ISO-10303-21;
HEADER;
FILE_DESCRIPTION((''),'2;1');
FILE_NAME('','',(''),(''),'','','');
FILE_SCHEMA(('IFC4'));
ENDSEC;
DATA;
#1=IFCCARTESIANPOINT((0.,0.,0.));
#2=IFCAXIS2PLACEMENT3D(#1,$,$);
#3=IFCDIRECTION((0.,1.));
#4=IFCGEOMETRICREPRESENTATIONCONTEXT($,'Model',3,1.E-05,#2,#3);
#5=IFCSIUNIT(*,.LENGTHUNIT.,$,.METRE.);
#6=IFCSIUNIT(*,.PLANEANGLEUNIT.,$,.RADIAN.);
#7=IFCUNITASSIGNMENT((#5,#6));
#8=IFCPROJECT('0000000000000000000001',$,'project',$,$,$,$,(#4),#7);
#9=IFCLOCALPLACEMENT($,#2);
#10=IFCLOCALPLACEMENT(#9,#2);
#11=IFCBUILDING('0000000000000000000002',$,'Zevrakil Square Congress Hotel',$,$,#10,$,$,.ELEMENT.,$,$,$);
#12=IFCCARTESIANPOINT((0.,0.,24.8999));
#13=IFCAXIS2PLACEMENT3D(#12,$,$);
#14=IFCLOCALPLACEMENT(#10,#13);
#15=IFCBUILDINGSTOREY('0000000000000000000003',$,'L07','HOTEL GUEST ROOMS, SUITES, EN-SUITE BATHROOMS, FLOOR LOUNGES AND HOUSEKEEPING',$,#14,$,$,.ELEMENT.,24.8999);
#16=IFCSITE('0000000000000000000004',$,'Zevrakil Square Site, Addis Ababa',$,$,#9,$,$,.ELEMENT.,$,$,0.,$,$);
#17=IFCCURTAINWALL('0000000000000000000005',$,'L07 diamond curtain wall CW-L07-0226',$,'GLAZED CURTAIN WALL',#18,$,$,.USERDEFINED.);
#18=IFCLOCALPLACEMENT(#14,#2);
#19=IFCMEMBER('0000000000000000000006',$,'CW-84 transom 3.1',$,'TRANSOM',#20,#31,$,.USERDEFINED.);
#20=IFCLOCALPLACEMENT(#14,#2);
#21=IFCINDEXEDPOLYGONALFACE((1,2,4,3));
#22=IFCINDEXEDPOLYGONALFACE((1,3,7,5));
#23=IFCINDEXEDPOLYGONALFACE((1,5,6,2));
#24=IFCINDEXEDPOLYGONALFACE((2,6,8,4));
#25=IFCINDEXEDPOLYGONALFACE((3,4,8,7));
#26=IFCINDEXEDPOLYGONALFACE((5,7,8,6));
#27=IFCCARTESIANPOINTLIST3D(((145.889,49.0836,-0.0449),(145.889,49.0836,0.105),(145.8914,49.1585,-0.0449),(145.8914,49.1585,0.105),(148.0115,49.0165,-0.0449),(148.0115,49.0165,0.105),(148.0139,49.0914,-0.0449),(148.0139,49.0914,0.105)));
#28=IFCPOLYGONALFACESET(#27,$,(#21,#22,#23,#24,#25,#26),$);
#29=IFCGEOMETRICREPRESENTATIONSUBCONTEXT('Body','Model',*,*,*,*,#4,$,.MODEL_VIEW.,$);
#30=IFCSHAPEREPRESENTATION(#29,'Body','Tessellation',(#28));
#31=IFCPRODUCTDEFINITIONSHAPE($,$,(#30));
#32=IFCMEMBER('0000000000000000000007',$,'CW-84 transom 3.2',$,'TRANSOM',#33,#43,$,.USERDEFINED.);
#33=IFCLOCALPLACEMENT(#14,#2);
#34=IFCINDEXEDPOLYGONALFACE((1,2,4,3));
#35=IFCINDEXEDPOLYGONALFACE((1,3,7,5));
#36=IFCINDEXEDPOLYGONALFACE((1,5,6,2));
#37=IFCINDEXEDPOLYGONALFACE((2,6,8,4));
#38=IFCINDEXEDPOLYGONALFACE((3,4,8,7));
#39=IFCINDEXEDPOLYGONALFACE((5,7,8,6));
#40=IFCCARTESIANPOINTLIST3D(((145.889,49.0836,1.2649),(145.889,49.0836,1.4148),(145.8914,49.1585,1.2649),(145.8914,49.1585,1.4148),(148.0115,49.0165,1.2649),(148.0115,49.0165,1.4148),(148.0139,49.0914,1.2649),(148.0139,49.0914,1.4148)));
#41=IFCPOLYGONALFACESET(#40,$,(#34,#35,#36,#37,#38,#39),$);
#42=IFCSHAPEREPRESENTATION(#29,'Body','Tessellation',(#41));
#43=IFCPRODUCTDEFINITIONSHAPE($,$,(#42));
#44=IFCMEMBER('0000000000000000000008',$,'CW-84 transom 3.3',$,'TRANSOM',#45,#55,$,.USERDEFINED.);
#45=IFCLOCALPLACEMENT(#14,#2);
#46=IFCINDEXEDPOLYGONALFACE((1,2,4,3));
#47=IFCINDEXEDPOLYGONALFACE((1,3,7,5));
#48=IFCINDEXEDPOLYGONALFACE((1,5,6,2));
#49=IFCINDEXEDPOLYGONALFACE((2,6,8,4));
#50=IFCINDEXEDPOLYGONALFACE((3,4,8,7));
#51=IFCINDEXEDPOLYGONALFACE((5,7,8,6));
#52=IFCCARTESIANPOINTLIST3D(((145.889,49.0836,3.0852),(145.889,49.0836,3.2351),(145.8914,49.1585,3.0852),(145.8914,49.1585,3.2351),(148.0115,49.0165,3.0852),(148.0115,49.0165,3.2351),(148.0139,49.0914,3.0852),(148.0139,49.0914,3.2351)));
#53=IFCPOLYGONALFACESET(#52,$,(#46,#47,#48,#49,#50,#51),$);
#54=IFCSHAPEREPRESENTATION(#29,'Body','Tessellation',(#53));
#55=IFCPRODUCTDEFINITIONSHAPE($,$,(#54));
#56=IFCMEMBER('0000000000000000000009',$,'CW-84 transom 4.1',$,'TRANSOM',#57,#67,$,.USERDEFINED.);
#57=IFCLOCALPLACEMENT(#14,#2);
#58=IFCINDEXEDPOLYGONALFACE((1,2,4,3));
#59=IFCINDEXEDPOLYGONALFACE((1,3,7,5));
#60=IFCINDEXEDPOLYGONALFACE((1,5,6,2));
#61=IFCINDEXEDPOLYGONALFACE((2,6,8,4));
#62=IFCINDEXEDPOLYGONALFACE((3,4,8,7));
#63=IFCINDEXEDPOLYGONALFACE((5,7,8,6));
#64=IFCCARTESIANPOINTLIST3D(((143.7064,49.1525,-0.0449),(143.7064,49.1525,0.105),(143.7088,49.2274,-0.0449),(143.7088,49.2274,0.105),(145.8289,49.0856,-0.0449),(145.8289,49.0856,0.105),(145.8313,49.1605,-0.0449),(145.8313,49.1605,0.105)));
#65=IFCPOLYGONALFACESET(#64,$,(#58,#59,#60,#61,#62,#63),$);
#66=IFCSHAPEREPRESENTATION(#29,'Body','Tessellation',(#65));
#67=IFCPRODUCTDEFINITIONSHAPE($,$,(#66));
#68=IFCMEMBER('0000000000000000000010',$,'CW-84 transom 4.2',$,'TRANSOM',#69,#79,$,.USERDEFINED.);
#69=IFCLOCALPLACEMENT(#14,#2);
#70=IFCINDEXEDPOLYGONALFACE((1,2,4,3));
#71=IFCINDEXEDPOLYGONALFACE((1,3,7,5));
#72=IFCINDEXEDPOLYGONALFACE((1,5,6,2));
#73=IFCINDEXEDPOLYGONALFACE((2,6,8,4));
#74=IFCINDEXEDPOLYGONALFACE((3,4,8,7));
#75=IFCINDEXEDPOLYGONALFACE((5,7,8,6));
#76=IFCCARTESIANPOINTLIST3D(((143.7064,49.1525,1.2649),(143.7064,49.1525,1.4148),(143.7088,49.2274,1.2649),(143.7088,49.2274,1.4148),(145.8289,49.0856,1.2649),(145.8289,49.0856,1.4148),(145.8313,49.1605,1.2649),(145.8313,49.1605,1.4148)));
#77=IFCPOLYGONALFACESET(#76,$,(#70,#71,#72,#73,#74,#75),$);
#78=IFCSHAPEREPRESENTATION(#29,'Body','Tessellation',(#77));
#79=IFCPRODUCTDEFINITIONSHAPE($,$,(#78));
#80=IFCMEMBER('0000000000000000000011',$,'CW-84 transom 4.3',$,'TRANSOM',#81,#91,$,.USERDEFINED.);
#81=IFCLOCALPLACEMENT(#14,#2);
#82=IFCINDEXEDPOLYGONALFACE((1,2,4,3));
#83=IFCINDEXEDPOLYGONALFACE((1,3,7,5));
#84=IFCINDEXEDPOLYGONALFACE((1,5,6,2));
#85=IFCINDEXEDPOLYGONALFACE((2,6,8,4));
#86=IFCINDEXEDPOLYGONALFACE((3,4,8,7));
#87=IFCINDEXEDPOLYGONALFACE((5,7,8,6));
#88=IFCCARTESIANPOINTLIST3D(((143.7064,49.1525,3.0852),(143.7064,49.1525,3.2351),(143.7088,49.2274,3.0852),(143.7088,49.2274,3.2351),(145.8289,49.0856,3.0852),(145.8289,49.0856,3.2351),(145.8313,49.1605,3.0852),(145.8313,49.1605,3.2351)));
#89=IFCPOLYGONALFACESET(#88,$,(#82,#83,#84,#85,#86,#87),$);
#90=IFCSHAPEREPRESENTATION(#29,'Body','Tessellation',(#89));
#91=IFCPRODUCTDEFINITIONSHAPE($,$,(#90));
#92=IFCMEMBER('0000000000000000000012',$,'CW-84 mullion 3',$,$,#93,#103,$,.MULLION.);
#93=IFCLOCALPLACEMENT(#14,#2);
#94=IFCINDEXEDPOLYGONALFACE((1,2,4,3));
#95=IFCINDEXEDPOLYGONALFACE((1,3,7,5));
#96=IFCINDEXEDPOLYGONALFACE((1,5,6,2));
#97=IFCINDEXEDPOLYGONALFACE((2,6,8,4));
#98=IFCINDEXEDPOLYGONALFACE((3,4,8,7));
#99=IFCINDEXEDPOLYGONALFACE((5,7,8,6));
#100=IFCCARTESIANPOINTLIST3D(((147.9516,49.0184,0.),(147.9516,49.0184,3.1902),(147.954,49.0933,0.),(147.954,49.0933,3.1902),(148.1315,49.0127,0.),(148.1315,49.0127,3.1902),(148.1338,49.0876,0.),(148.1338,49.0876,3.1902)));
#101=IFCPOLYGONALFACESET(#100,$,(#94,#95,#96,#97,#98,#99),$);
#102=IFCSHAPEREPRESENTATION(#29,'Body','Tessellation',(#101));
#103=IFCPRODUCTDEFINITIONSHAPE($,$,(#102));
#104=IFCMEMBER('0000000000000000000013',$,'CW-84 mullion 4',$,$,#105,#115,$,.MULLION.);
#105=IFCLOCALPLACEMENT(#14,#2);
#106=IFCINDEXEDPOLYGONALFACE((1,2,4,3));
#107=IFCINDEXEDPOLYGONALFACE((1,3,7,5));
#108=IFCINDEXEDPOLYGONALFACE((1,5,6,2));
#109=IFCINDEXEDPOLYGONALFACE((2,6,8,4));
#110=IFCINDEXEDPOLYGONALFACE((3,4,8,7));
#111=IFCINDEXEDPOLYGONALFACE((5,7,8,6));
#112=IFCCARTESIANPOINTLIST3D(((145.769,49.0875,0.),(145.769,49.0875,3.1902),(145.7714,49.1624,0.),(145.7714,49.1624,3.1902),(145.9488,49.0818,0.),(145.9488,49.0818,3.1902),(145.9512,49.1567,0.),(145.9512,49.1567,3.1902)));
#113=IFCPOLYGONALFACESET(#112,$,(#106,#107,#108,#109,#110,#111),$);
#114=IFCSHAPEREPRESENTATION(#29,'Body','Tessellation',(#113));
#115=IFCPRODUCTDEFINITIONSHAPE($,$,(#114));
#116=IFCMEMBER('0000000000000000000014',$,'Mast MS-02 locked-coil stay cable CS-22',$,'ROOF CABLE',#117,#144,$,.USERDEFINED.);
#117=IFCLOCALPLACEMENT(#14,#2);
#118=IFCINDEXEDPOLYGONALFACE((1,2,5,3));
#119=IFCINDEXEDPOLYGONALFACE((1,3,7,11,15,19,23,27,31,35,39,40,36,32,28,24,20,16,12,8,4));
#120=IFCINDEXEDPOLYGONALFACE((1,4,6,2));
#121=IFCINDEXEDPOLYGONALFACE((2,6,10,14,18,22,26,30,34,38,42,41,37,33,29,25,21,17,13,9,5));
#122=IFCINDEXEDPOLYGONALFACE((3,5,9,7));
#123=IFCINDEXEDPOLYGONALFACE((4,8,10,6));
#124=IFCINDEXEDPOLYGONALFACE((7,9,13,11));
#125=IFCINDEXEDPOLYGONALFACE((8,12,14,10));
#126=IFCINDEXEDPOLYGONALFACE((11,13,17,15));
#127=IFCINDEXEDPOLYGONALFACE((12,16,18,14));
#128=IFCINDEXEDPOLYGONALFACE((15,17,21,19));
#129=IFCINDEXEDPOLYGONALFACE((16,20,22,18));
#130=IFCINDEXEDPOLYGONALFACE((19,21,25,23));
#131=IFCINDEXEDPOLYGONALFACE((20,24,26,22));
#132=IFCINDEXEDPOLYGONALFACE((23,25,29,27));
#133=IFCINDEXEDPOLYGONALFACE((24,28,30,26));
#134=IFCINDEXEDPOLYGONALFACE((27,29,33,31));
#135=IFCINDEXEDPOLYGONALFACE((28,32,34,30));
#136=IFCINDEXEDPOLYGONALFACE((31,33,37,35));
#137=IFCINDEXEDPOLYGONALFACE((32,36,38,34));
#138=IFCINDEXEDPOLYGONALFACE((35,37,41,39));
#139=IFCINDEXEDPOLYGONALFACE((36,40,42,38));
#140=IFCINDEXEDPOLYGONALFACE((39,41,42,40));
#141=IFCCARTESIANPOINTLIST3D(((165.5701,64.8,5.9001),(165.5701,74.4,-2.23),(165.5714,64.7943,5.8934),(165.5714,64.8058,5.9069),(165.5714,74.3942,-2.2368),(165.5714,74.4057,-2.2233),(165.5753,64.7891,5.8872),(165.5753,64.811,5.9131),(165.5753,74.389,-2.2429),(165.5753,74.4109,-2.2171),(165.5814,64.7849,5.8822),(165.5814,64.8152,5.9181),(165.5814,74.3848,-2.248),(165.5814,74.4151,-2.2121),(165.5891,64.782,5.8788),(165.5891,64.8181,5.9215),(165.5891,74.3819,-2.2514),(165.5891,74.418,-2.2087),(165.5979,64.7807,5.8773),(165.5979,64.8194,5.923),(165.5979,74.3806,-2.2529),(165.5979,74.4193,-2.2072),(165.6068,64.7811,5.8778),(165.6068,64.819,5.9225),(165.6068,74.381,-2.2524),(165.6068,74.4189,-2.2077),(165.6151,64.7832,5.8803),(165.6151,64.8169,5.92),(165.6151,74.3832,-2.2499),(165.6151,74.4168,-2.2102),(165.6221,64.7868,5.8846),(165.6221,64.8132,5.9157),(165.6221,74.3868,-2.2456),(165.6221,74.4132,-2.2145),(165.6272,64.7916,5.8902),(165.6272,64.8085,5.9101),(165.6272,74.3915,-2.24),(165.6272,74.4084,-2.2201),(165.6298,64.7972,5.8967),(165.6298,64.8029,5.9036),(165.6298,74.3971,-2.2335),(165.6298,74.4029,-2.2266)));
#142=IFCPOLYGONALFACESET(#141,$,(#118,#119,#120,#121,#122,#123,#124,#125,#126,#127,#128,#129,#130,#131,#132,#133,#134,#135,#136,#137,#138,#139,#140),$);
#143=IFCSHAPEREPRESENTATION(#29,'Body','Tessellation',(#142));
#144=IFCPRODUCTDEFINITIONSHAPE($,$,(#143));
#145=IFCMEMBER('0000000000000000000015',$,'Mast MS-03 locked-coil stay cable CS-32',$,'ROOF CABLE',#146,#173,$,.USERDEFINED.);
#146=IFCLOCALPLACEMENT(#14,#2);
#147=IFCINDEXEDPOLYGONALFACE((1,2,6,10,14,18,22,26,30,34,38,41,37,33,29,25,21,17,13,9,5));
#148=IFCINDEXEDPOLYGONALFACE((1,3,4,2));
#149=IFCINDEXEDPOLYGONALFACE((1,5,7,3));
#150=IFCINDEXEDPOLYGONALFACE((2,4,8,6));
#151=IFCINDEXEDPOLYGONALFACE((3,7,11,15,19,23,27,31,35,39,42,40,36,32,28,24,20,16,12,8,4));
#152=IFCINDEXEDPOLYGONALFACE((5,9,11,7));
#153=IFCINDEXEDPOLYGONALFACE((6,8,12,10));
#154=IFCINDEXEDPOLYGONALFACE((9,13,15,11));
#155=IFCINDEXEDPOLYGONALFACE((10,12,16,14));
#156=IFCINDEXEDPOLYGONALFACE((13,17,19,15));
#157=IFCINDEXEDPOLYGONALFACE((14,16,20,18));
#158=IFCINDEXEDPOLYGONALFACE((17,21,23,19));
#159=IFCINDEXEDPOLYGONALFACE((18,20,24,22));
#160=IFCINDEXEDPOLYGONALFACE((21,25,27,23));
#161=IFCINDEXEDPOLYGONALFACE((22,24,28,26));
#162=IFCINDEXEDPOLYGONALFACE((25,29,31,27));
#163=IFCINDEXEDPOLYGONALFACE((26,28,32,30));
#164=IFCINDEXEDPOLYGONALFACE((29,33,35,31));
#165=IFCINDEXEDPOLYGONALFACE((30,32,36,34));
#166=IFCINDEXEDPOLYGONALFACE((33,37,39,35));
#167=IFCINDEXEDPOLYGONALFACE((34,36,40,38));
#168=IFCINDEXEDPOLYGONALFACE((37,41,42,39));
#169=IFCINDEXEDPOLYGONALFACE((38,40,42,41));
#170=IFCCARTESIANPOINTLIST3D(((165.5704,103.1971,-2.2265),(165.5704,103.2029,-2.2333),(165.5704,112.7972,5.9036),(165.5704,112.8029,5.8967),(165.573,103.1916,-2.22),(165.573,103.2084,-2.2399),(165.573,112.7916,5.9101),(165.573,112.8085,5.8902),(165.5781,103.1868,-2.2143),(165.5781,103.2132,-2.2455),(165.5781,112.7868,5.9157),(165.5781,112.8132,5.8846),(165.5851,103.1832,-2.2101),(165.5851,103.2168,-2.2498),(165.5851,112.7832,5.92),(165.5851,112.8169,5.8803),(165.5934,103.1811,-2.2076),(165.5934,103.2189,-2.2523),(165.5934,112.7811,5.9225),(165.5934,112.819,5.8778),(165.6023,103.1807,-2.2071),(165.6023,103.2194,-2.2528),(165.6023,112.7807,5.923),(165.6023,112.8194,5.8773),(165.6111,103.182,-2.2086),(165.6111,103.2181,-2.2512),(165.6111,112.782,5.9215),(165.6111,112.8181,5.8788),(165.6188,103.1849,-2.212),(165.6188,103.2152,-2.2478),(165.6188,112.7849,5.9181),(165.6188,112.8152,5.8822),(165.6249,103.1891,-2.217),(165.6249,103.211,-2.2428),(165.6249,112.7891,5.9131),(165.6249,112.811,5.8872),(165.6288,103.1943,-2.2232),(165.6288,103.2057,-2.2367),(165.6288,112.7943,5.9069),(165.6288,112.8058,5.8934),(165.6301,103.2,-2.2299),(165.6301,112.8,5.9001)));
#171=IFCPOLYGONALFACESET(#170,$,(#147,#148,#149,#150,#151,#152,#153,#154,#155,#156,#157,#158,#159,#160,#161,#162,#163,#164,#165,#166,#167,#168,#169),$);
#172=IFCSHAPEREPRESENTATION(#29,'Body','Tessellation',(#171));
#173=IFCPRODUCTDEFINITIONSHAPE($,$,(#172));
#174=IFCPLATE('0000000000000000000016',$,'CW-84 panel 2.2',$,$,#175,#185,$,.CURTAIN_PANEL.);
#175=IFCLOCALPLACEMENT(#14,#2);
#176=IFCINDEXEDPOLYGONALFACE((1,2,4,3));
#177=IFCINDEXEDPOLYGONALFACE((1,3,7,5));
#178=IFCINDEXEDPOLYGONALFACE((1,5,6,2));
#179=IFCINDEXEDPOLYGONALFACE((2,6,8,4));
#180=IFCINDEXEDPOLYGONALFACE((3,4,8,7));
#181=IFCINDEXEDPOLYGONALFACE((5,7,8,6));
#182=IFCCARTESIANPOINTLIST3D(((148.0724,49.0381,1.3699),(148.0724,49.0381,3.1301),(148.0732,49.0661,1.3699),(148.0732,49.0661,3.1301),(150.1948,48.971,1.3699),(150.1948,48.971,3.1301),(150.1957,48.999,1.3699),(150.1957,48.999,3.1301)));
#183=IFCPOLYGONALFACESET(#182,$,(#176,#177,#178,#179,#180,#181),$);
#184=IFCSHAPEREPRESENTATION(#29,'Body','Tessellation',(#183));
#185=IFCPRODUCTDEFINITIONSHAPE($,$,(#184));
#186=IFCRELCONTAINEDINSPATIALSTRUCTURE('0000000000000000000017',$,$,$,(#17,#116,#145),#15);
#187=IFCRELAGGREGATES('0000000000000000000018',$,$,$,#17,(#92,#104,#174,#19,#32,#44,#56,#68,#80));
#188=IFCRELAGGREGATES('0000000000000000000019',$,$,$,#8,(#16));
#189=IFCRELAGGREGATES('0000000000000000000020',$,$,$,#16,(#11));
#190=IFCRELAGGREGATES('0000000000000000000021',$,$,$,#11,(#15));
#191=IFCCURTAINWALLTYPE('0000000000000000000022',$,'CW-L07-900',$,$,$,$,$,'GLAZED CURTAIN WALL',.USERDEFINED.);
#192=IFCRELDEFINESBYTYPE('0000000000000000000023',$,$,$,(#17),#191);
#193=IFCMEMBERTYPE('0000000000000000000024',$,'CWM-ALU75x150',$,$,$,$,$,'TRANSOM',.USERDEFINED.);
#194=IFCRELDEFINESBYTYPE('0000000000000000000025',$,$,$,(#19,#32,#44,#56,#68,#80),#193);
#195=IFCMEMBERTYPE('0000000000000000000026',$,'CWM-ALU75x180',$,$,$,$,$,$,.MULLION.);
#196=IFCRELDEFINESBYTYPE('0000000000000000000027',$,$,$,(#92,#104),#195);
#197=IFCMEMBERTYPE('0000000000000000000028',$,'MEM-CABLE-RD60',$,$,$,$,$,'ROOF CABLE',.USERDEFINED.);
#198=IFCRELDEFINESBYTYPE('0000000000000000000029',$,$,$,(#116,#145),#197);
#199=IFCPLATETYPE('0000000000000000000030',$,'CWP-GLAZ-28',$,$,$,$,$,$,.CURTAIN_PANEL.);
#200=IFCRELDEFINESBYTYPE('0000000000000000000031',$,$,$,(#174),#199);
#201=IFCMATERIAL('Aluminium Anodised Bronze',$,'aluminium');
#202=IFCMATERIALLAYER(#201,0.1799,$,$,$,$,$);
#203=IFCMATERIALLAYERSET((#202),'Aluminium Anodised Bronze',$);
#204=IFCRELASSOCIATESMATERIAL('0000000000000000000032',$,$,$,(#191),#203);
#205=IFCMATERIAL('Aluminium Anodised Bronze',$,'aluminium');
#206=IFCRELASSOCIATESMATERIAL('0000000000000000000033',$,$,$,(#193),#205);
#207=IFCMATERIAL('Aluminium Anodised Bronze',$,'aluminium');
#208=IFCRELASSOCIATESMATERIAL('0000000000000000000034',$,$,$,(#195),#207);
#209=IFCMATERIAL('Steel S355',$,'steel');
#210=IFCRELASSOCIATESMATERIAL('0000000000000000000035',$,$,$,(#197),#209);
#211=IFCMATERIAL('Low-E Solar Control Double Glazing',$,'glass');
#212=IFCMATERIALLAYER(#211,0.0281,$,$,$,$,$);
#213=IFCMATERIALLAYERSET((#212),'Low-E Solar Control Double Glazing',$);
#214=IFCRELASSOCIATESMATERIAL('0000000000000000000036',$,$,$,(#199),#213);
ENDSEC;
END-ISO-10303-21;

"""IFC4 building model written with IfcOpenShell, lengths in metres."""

from ifc_helpers import new_model, si_unit, direction, frame, origin, origin_2d, place, context, subcontext, project, spatial, rectangle, circle, extrude, material, layer, layer_set, material_profile, profile_set, type_object, element, aggregate, save


model = new_model("IFC4")

# Units and contexts
model_context = context("Model", 3, precision=1e-05, world=origin(), true_north=direction((0.0, 1.0)))
body_context = subcontext(model_context, "Body", "Model", "MODEL_VIEW")
ifc_project = project(units=[si_unit("LENGTHUNIT", "METRE"), si_unit("PLANEANGLEUNIT", "RADIAN")], contexts=[model_context])

# Site, building, storey
site_placement = place(None, origin())
site = spatial("IfcSite", under=ifc_project, at=site_placement, Name="Zevrakil Square Site, Addis Ababa", CompositionType="ELEMENT", RefElevation=0.0)
building_placement = place(site_placement, origin())
building = spatial("IfcBuilding", under=site, at=building_placement, Name="Zevrakil Square Congress Hotel", CompositionType="ELEMENT")
storey_placement = place(building_placement, frame((0.0, 0.0, 24.8999)))
storey = spatial("IfcBuildingStorey", under=building, at=storey_placement, Name="L07", Description="HOTEL GUEST ROOMS, SUITES, EN-SUITE BATHROOMS, FLOOR LOUNGES AND HOUSEKEEPING", CompositionType="ELEMENT", Elevation=24.8999)

# Curtain wall, members
ifc_material_1 = material(Name="Aluminium Anodised Bronze", Category="aluminium")
ifc_layer_1 = layer(ifc_material_1, 0.1799)
ifc_layer_set_1 = layer_set([ifc_layer_1], Name="Aluminium Anodised Bronze")
curtain_wall_type = type_object("IfcCurtainWallType", Name="CW-L07-900", ElementType="GLAZED CURTAIN WALL", PredefinedType="USERDEFINED", material=ifc_layer_set_1)
curtain_wall_placement = place(storey_placement, origin())
curtain_wall = element("IfcCurtainWall", 1, at=curtain_wall_placement, inside=storey, type_object=curtain_wall_type, Name="L07 diamond curtain wall CW-L07-0226", ObjectType="GLAZED CURTAIN WALL", PredefinedType="USERDEFINED")
ifc_material_2 = material(Name="Aluminium Anodised Bronze", Category="aluminium")
ifc_material_profile_1 = material_profile(ifc_material_2, rectangle(XDim=0.075, YDim=0.1499, at=origin_2d()), Name="ALU 75x150")
ifc_profile_set_1 = profile_set([ifc_material_profile_1], Name="Aluminium Anodised Bronze")
member_type_1 = type_object("IfcMemberType", Name="CWM-ALU75x150", ElementType="TRANSOM", PredefinedType="USERDEFINED", material=ifc_profile_set_1)
member_1_placement = place(storey_placement, frame((148.0127, 49.054, 0.03), z_axis=(-0.9995, 0.031615, 0.0), x_axis=(-0.031615, -0.9995, 0.0)))
member_1 = element("IfcMember", 2, at=member_1_placement, type_object=member_type_1, Name="CW-84 transom 3.1", ObjectType="TRANSOM", PredefinedType="USERDEFINED", context=body_context, shape_type="SweptSolid", body=[
    extrude(rectangle(XDim=0.075, YDim=0.1499, at=origin_2d()), origin(), (0.0, 0.0, 1.0), 2.1235),
])
member_2_placement = place(storey_placement, frame((148.0127, 49.054, 1.3398), z_axis=(-0.9995, 0.031615, 0.0), x_axis=(-0.031615, -0.9995, 0.0)))
member_2 = element("IfcMember", 3, at=member_2_placement, type_object=member_type_1, Name="CW-84 transom 3.2", ObjectType="TRANSOM", PredefinedType="USERDEFINED", context=body_context, shape_type="SweptSolid", body=[
    extrude(rectangle(XDim=0.075, YDim=0.1499, at=origin_2d()), origin(), (0.0, 0.0, 1.0), 2.1235),
])
member_3_placement = place(storey_placement, frame((148.0127, 49.054, 3.1602), z_axis=(-0.9995, 0.031615, 0.0), x_axis=(-0.031615, -0.9995, 0.0)))
member_3 = element("IfcMember", 4, at=member_3_placement, type_object=member_type_1, Name="CW-84 transom 3.3", ObjectType="TRANSOM", PredefinedType="USERDEFINED", context=body_context, shape_type="SweptSolid", body=[
    extrude(rectangle(XDim=0.075, YDim=0.1499, at=origin_2d()), origin(), (0.0, 0.0, 1.0), 2.1235),
])
member_4_placement = place(storey_placement, frame((145.8301, 49.123, 0.03), z_axis=(-0.999504, 0.0315, 0.0), x_axis=(-0.0315, -0.999504, 0.0)))
member_4 = element("IfcMember", 5, at=member_4_placement, type_object=member_type_1, Name="CW-84 transom 4.1", ObjectType="TRANSOM", PredefinedType="USERDEFINED", context=body_context, shape_type="SweptSolid", body=[
    extrude(rectangle(XDim=0.075, YDim=0.1499, at=origin_2d()), origin(), (0.0, 0.0, 1.0), 2.1235),
])
member_5_placement = place(storey_placement, frame((145.8301, 49.123, 1.3398), z_axis=(-0.999504, 0.0315, 0.0), x_axis=(-0.0315, -0.999504, 0.0)))
member_5 = element("IfcMember", 6, at=member_5_placement, type_object=member_type_1, Name="CW-84 transom 4.2", ObjectType="TRANSOM", PredefinedType="USERDEFINED", context=body_context, shape_type="SweptSolid", body=[
    extrude(rectangle(XDim=0.075, YDim=0.1499, at=origin_2d()), origin(), (0.0, 0.0, 1.0), 2.1235),
])
member_6_placement = place(storey_placement, frame((145.8301, 49.123, 3.1602), z_axis=(-0.999504, 0.0315, 0.0), x_axis=(-0.0315, -0.999504, 0.0)))
member_6 = element("IfcMember", 7, at=member_6_placement, type_object=member_type_1, Name="CW-84 transom 4.3", ObjectType="TRANSOM", PredefinedType="USERDEFINED", context=body_context, shape_type="SweptSolid", body=[
    extrude(rectangle(XDim=0.075, YDim=0.1499, at=origin_2d()), origin(), (0.0, 0.0, 1.0), 2.1235),
])
ifc_material_3 = material(Name="Aluminium Anodised Bronze", Category="aluminium")
ifc_material_profile_2 = material_profile(ifc_material_3, rectangle(XDim=0.075, YDim=0.1799, at=origin_2d()), Name="ALU 75x180")
ifc_profile_set_2 = profile_set([ifc_material_profile_2], Name="Aluminium Anodised Bronze")
member_type_2 = type_object("IfcMemberType", Name="CWM-ALU75x180", PredefinedType="MULLION", material=ifc_profile_set_2)
member_7_placement = place(storey_placement, frame((148.0427, 49.053, 0.0), z_axis=(0.0, 0.0, 1.0), x_axis=(-0.031598, -0.999501, 0.0)))
member_7 = element("IfcMember", 8, at=member_7_placement, type_object=member_type_2, Name="CW-84 mullion 3", PredefinedType="MULLION", context=body_context, shape_type="SweptSolid", body=[
    extrude(rectangle(XDim=0.075, YDim=0.1799, at=origin_2d()), origin(), (0.0, 0.0, 1.0), 3.1902),
])
member_8_placement = place(storey_placement, frame((145.8601, 49.1221, 0.0), z_axis=(0.0, 0.0, 1.0), x_axis=(-0.031598, -0.999501, 0.0)))
member_8 = element("IfcMember", 9, at=member_8_placement, type_object=member_type_2, Name="CW-84 mullion 4", PredefinedType="MULLION", context=body_context, shape_type="SweptSolid", body=[
    extrude(rectangle(XDim=0.075, YDim=0.1799, at=origin_2d()), origin(), (0.0, 0.0, 1.0), 3.1902),
])

# Members
ifc_material_4 = material(Name="Steel S355", Category="steel")
ifc_material_profile_3 = material_profile(ifc_material_4, circle(Radius=0.03, at=origin_2d()), Name="CABLE RD60")
ifc_profile_set_3 = profile_set([ifc_material_profile_3], Name="Steel S355")
member_type_3 = type_object("IfcMemberType", Name="MEM-CABLE-RD60", ElementType="ROOF CABLE", PredefinedType="USERDEFINED", material=ifc_profile_set_3)
for number, where, z_axis, x_axis, name in (
    (10, (165.6001, 64.8, 5.9001), (0.0, 0.763105, -0.646275), (-1.0, 0.0, 0.0), "Mast MS-02 locked-coil stay cable CS-22"),
    (11, (165.6001, 112.8, 5.9001), (0.0, -0.763113, -0.646265), (1.0, 0.0, 0.0), "Mast MS-03 locked-coil stay cable CS-32"),
):
    element("IfcMember", number, at=place(storey_placement, frame(where, z_axis=z_axis, x_axis=x_axis)), inside=storey, type_object=member_type_3, Name=name, ObjectType="ROOF CABLE", PredefinedType="USERDEFINED", context=body_context, shape_type="SweptSolid", body=[
        extrude(circle(Radius=0.03, at=origin_2d()), origin(), (0.0, 0.0, 1.0), 12.5801),
    ])

# Plate
ifc_material_5 = material(Name="Low-E Solar Control Double Glazing", Category="glass")
ifc_layer_2 = layer(ifc_material_5, 0.0281)
ifc_layer_set_2 = layer_set([ifc_layer_2], Name="Low-E Solar Control Double Glazing")
plate_type_1 = type_object("IfcPlateType", Name="CWP-GLAZ-28", PredefinedType="CURTAIN_PANEL", material=ifc_layer_set_2)
plate_1_placement = place(storey_placement, frame((149.134, 49.0186, 1.3699), z_axis=(0.0, 0.0, 1.0), x_axis=(-0.999501, 0.031598, 0.0)))
plate_1 = element("IfcPlate", 12, at=plate_1_placement, type_object=plate_type_1, Name="CW-84 panel 2.2", PredefinedType="CURTAIN_PANEL", context=body_context, shape_type="SweptSolid", body=[
    extrude(rectangle(XDim=2.1235, YDim=0.0281, at=origin_2d()), origin(), (0.0, 0.0, 1.0), 1.7603),
])
aggregate(curtain_wall, [member_7, member_8, plate_1, member_1, member_2, member_3, member_4, member_5, member_6])

save(model, "model.ifc")
